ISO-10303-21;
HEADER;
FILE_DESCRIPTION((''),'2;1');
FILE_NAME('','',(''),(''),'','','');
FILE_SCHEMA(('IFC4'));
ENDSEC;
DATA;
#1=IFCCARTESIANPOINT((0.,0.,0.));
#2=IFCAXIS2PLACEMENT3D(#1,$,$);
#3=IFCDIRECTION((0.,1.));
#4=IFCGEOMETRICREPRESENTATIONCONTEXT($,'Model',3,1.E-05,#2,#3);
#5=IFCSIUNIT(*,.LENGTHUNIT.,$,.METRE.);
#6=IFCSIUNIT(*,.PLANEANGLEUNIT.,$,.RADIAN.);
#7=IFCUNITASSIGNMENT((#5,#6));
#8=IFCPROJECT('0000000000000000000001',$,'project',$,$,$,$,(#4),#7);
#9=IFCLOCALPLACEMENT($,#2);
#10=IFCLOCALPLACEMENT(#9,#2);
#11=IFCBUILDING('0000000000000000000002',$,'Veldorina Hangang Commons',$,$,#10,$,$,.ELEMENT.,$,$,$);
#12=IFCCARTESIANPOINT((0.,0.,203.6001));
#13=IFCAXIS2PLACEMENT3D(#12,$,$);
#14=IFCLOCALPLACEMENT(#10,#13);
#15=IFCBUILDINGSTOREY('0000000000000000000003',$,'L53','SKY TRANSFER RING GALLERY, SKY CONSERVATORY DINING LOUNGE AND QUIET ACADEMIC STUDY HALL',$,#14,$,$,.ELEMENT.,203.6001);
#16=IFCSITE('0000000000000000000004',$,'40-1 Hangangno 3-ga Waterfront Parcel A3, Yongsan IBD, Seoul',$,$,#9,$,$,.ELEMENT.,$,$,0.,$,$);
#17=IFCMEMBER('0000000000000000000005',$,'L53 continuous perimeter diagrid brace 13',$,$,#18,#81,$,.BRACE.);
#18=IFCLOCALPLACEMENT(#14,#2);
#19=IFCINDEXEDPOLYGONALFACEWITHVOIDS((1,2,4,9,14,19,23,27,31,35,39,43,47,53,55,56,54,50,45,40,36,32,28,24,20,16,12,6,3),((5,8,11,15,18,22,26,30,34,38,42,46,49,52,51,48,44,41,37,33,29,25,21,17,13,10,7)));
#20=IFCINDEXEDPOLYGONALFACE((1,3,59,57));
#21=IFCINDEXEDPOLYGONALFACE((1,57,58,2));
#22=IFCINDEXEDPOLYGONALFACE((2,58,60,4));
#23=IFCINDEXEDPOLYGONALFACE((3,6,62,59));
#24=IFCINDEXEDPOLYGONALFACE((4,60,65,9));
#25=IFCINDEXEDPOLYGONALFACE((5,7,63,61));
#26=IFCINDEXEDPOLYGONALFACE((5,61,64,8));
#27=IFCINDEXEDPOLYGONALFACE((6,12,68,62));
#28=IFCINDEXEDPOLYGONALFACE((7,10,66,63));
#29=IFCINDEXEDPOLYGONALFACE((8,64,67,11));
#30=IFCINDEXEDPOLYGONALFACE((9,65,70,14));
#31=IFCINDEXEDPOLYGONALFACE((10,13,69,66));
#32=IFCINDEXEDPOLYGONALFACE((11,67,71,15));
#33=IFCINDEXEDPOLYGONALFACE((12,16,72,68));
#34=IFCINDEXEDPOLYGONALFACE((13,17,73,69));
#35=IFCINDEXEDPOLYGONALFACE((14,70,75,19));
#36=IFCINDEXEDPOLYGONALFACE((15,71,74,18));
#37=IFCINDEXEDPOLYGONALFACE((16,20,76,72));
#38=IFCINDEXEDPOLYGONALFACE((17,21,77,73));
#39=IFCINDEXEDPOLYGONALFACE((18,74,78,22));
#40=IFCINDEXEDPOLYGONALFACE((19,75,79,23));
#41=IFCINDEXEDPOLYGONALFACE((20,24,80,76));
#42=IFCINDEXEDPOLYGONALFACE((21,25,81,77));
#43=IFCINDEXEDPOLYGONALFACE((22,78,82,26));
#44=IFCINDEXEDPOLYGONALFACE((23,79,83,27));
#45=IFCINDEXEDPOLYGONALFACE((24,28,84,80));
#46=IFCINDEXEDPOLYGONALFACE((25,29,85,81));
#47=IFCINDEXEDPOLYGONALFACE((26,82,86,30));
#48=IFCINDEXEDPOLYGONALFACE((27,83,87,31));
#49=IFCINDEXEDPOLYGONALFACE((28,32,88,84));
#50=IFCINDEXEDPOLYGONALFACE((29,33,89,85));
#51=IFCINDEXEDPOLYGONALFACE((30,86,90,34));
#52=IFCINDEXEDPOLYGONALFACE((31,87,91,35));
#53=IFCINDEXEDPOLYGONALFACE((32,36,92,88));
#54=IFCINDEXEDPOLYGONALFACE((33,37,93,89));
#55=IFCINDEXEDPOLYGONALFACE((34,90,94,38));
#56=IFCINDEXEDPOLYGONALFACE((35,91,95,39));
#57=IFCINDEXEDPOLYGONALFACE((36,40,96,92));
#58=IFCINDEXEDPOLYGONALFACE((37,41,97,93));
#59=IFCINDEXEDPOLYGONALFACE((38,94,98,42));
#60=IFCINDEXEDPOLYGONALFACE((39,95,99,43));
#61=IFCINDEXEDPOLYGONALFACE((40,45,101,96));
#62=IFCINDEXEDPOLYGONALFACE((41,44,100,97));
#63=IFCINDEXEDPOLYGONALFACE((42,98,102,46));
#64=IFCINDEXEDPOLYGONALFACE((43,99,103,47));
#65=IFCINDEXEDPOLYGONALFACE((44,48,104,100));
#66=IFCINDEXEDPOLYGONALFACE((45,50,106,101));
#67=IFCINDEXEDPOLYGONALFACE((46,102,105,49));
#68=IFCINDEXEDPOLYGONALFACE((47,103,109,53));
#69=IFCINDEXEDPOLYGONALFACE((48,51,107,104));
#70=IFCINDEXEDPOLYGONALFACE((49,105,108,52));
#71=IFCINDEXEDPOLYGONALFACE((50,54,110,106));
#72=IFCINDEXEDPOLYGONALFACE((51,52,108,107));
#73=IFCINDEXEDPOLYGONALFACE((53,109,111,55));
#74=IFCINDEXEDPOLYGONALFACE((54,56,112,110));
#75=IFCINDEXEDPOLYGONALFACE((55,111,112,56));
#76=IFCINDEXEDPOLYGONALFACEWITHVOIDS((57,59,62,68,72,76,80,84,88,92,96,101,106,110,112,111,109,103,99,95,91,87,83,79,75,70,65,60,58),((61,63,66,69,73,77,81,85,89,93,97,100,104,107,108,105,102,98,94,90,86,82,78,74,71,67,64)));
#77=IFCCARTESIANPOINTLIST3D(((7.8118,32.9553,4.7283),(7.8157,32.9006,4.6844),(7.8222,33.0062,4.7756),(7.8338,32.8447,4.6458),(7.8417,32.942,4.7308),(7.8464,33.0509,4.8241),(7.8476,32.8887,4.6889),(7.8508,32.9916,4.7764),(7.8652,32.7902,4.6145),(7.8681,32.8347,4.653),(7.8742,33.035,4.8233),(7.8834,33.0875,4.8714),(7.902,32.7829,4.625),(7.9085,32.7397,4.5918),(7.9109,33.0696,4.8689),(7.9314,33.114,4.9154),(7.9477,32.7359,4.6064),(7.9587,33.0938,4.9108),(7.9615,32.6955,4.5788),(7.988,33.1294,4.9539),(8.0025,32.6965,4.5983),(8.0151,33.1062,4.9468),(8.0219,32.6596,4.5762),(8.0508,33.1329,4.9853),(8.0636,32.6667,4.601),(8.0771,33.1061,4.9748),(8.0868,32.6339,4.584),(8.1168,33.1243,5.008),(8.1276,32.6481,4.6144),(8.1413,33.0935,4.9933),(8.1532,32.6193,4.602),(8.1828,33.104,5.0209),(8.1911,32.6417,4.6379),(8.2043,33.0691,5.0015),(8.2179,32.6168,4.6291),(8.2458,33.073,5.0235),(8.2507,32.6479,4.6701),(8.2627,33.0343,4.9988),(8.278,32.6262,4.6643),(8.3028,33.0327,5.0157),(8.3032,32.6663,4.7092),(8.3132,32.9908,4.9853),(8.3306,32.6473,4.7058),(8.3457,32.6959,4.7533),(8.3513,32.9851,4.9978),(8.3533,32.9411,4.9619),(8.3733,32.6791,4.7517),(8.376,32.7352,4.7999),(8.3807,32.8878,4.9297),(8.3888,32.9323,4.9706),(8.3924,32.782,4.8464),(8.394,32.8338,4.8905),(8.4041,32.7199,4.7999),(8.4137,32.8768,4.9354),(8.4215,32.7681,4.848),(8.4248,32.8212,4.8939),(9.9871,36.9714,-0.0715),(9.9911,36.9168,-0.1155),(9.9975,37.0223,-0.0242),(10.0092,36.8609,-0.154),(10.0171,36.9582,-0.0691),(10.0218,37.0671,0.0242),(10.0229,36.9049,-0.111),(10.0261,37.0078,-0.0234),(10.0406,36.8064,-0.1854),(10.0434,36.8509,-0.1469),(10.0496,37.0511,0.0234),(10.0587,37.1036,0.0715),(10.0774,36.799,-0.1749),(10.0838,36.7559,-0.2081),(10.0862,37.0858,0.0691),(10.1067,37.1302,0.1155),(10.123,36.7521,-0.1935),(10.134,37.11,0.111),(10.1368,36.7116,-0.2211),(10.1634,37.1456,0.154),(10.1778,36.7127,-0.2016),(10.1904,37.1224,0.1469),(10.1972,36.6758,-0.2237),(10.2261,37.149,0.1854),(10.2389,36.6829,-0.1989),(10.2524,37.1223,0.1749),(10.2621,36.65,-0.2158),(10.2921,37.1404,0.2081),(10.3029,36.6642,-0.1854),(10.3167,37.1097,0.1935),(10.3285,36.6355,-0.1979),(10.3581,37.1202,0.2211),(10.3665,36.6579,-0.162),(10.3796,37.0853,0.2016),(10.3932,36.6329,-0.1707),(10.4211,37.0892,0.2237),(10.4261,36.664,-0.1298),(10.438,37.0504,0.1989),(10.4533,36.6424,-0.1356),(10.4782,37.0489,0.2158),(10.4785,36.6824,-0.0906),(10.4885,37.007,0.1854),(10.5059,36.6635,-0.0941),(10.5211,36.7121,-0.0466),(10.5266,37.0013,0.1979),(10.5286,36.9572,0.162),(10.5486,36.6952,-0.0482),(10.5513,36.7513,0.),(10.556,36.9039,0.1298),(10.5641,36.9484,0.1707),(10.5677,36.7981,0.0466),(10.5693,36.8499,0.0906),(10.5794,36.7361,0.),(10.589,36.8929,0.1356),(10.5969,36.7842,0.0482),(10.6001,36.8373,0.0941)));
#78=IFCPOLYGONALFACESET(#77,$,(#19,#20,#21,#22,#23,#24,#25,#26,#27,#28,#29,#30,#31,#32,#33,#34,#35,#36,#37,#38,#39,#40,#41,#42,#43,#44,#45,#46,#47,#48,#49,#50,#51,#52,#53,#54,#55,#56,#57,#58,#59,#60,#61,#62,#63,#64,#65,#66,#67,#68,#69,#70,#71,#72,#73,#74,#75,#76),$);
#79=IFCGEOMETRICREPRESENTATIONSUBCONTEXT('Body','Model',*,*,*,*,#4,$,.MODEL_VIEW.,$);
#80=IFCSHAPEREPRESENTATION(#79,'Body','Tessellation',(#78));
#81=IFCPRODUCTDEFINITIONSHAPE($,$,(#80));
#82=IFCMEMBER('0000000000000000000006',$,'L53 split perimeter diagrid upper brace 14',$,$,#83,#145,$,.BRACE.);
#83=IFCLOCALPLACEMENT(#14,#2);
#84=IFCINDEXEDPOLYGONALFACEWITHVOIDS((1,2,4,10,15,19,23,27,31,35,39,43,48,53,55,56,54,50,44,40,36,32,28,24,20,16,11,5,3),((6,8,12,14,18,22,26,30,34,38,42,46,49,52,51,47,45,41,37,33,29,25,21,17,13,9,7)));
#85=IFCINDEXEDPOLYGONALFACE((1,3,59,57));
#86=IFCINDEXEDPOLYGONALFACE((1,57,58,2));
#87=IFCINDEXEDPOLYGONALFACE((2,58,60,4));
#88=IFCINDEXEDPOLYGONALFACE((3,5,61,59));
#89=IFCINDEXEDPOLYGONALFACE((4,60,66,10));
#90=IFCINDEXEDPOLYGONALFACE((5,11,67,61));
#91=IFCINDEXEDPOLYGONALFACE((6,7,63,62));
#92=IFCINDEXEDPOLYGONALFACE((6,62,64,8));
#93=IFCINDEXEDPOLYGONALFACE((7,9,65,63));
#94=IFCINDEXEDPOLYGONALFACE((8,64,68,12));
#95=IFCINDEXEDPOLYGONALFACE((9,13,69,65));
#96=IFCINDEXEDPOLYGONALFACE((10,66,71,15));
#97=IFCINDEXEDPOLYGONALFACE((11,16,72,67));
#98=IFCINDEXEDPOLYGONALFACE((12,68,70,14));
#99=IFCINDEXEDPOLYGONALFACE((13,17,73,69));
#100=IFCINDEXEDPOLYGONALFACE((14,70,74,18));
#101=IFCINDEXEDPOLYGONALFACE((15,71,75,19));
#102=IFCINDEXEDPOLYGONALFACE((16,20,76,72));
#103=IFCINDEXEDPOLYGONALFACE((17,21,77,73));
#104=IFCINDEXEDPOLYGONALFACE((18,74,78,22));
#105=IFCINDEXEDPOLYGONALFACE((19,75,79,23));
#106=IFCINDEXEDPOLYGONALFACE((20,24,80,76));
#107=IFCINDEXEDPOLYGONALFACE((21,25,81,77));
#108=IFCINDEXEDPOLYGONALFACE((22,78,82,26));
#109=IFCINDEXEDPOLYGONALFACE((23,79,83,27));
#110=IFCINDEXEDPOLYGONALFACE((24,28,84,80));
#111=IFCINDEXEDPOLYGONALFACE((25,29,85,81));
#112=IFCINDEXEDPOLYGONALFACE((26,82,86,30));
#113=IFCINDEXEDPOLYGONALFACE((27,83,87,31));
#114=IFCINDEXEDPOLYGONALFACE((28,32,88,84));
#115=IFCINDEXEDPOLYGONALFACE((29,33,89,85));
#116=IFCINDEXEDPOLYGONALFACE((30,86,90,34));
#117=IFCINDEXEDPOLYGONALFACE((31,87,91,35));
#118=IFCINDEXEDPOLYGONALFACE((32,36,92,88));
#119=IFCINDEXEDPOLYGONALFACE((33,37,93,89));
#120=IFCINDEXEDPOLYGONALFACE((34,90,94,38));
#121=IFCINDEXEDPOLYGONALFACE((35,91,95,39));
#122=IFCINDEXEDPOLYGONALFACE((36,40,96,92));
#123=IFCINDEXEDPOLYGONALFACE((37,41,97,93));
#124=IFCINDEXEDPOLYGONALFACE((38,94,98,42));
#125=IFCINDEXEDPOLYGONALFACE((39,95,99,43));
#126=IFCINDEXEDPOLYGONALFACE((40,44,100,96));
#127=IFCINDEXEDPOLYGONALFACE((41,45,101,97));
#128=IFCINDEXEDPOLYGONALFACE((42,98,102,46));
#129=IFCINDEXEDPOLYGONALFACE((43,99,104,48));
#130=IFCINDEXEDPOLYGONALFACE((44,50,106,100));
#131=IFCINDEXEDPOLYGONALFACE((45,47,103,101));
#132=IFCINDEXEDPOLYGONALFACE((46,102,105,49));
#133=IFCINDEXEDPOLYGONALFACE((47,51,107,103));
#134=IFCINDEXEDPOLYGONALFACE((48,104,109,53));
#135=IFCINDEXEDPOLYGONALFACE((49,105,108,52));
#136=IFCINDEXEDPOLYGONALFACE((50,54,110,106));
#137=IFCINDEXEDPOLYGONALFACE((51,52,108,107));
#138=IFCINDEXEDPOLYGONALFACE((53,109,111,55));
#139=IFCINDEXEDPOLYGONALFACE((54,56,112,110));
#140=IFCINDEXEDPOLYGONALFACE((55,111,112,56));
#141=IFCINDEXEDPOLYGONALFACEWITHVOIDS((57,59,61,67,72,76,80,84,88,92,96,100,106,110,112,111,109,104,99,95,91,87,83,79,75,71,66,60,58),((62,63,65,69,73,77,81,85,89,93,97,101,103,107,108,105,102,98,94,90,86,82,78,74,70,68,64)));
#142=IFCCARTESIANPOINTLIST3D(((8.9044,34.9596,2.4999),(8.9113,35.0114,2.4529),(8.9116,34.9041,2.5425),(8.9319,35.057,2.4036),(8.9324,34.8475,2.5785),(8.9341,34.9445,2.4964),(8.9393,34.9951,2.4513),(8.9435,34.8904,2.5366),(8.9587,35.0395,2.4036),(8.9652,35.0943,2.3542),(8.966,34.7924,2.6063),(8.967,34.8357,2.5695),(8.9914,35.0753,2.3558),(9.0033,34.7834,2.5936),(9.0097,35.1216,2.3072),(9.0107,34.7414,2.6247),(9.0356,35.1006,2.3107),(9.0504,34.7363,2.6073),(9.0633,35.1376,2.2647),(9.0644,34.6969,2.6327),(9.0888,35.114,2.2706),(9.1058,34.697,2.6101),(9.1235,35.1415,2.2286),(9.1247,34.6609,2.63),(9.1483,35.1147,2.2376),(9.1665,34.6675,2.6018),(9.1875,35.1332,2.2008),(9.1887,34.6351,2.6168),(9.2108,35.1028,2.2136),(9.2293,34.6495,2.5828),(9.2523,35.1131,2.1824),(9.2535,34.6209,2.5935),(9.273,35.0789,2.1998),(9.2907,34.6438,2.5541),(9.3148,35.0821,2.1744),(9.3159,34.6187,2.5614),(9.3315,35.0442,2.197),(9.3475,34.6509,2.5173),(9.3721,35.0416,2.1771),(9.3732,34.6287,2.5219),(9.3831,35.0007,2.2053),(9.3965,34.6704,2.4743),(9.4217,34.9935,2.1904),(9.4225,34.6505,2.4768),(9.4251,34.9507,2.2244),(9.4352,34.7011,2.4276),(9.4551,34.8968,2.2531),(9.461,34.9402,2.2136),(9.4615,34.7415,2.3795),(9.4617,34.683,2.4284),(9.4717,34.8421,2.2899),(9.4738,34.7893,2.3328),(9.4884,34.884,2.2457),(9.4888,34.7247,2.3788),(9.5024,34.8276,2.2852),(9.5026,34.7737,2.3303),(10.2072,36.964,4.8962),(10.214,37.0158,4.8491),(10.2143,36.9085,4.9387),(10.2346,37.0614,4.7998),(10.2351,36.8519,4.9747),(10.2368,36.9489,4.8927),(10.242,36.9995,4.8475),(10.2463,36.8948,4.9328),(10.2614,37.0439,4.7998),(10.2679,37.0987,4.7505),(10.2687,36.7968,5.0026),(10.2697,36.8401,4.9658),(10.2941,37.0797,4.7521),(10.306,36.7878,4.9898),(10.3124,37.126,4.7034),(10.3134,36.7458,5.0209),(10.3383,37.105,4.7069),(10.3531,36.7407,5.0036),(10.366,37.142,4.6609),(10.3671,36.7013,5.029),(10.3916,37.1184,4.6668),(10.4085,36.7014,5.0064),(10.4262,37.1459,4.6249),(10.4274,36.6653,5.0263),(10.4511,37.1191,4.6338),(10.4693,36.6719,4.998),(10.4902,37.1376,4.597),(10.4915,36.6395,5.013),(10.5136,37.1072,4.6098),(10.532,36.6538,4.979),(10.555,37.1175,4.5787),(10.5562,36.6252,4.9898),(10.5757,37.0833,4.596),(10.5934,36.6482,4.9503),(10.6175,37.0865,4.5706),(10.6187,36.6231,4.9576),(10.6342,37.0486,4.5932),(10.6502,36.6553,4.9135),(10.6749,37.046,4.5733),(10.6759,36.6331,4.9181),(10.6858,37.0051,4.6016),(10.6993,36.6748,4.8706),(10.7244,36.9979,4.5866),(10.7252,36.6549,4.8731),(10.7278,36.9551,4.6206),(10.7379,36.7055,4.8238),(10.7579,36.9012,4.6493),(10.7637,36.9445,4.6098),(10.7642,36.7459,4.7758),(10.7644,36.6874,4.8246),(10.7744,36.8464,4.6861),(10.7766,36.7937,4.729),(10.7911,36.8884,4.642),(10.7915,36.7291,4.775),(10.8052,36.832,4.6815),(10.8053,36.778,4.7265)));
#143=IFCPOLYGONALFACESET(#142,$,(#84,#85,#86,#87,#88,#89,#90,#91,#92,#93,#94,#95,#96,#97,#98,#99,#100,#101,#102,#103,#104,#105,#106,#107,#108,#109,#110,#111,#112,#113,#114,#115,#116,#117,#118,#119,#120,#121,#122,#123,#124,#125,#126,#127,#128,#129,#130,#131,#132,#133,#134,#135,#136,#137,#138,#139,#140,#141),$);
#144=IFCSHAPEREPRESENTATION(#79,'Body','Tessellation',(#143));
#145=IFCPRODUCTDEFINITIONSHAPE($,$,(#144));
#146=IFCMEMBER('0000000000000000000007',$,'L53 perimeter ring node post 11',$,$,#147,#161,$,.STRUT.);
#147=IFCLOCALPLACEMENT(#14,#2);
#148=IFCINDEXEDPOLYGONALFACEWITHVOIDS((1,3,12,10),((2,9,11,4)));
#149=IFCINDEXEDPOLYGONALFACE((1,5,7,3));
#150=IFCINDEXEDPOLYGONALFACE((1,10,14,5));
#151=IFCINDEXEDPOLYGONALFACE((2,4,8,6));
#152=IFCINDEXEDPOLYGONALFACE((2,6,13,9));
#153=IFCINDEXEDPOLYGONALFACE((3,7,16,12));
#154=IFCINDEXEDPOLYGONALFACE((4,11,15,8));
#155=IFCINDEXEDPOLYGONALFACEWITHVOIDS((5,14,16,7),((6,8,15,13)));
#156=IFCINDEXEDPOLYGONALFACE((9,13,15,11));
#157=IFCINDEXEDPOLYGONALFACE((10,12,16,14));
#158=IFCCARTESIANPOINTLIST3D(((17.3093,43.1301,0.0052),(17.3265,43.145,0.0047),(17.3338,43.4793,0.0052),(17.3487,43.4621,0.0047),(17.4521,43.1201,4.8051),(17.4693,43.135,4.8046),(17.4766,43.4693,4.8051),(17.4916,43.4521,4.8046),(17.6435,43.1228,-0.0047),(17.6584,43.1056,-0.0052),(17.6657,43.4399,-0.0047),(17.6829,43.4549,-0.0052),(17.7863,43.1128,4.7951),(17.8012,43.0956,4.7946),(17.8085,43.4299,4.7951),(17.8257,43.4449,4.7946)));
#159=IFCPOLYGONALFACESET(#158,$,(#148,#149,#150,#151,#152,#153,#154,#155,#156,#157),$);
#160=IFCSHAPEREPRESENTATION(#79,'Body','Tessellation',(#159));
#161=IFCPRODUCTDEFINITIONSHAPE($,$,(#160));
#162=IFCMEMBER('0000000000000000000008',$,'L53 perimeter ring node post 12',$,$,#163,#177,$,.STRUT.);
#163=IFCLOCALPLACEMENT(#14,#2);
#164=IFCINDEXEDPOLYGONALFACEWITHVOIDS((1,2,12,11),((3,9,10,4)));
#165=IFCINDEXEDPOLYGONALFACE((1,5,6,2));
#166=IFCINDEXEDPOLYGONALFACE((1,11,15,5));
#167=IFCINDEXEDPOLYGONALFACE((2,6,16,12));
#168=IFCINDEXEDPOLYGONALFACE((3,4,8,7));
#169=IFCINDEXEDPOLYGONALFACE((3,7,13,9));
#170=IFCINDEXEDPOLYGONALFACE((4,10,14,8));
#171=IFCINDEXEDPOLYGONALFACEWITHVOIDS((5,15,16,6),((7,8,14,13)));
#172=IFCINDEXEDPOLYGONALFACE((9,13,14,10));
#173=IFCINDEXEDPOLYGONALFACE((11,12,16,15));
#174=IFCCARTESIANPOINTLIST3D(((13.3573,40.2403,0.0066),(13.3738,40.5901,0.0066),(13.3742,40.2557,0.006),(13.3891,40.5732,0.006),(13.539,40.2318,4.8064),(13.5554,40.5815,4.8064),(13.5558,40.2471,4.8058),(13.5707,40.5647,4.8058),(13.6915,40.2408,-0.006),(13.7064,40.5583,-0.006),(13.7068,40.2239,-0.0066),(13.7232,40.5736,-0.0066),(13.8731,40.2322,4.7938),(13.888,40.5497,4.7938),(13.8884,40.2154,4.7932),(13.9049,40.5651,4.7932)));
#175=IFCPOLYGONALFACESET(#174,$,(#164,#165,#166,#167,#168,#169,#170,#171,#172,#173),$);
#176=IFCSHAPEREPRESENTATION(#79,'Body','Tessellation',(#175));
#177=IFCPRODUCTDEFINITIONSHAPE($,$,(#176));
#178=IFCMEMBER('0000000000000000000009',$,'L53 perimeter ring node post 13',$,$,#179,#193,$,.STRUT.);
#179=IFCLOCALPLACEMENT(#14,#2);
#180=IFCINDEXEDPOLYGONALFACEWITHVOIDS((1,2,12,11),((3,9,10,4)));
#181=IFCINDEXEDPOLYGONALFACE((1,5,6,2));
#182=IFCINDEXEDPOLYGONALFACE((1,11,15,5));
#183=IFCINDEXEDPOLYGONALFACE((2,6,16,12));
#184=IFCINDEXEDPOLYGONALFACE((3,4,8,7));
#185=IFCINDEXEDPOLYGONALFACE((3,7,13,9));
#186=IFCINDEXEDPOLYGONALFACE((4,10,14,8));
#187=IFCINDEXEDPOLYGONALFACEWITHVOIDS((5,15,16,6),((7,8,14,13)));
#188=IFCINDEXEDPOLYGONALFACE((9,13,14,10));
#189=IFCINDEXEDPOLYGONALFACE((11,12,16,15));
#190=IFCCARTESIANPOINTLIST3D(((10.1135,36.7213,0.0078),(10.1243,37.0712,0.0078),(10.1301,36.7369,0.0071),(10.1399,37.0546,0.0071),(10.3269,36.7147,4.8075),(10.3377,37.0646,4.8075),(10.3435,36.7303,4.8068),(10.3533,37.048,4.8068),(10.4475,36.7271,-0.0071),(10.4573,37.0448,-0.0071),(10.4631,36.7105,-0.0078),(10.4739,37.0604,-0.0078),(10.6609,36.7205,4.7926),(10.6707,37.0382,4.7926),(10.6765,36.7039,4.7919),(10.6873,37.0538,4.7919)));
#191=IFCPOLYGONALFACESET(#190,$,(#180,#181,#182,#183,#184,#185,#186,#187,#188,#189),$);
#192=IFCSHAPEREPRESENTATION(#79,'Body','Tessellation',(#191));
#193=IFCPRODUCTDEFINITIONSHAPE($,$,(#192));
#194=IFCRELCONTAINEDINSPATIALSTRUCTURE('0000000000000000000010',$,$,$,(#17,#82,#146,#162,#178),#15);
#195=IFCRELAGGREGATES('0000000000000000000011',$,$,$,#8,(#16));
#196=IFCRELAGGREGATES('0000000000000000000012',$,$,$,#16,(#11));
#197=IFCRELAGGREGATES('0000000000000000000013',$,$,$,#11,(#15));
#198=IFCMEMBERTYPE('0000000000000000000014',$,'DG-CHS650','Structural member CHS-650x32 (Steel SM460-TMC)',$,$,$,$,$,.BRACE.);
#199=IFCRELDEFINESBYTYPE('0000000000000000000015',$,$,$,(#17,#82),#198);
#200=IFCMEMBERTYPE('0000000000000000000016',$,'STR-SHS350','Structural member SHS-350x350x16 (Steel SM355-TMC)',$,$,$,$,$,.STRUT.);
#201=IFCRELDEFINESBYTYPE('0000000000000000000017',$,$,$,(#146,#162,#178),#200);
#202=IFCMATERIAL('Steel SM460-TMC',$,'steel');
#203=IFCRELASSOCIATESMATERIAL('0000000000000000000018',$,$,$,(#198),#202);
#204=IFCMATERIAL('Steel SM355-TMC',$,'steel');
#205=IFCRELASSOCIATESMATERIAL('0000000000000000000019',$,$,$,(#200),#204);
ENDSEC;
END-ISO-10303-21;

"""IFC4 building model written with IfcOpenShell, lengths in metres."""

from ifc_helpers import new_model, si_unit, direction, frame, origin, origin_2d, place, context, subcontext, project, spatial, hollow_rectangle, hollow_circle, extrude, material, material_profile, profile_set, type_object, element, save


model = new_model("IFC4")

# Units and contexts
model_context = context("Model", 3, precision=1e-05, world=origin(), true_north=direction((0.0, 1.0)))
body_context = subcontext(model_context, "Body", "Model", "MODEL_VIEW")
ifc_project = project(units=[si_unit("LENGTHUNIT", "METRE"), si_unit("PLANEANGLEUNIT", "RADIAN")], contexts=[model_context])

# Site, building, storey
site_placement = place(None, origin())
site = spatial("IfcSite", under=ifc_project, at=site_placement, Name="40-1 Hangangno 3-ga Waterfront Parcel A3, Yongsan IBD, Seoul", CompositionType="ELEMENT", RefElevation=0.0)
building_placement = place(site_placement, origin())
building = spatial("IfcBuilding", under=site, at=building_placement, Name="Veldorina Hangang Commons", CompositionType="ELEMENT")
storey_placement = place(building_placement, frame((0.0, 0.0, 203.6001)))
storey = spatial("IfcBuildingStorey", under=building, at=storey_placement, Name="L53", Description="SKY TRANSFER RING GALLERY, SKY CONSERVATORY DINING LOUNGE AND QUIET ACADEMIC STUDY HALL", CompositionType="ELEMENT", Elevation=203.6001)

# Shared definitions
ifc_material_1 = material(Name="Steel SM355-TMC", Category="steel")

# Members
ifc_material_2 = material(Name="Steel SM460-TMC", Category="steel")
ifc_material_profile_1 = material_profile(ifc_material_2, hollow_circle(Radius=0.325, WallThickness=0.032, at=origin_2d()), Name="CHS-650x32")
ifc_profile_set_1 = profile_set([ifc_material_profile_1], Name="Steel SM460-TMC")
member_type_1 = type_object("IfcMemberType", Name="DG-CHS650", Description="Structural member CHS-650x32 (Steel SM460-TMC)", PredefinedType="BRACE", material=ifc_profile_set_1)
member_1_placement = place(storey_placement, frame((10.2937, 36.8909, 0.0), z_axis=(-0.328314, -0.606147, 0.724428), x_axis=(0.879301, -0.476266, 0.0)))
element("IfcMember", 1, at=member_1_placement, inside=storey, type_object=member_type_1, Name="L53 continuous perimeter diagrid brace 13", PredefinedType="BRACE", context=body_context, shape_type="SweptSolid", body=[
    extrude(hollow_circle(Radius=0.325, WallThickness=0.032, at=origin_2d()), origin(), (0.0, 0.0, 1.0), 6.6257),
])
member_2_placement = place(storey_placement, frame((9.2043, 34.8799, 2.4036), z_axis=(0.384881, 0.59218, 0.707947), x_axis=(-0.838467, 0.544952, 0.0)))
element("IfcMember", 2, at=member_2_placement, inside=storey, type_object=member_type_1, Name="L53 split perimeter diagrid upper brace 14", PredefinedType="BRACE", context=body_context, shape_type="SweptSolid", body=[
    extrude(hollow_circle(Radius=0.325, WallThickness=0.032, at=origin_2d()), origin(), (0.0, 0.0, 1.0), 3.3848),
])
ifc_material_profile_2 = material_profile(ifc_material_1, hollow_rectangle(XDim=0.3501, YDim=0.3501, WallThickness=0.0161, at=origin_2d()), Name="SHS-350x350x16")
ifc_profile_set_2 = profile_set([ifc_material_profile_2], Name="Steel SM355-TMC")
member_type_2 = type_object("IfcMemberType", Name="STR-SHS350", Description="Structural member SHS-350x350x16 (Steel SM355-TMC)", PredefinedType="STRUT", material=ifc_profile_set_2)
member_3_placement = place(storey_placement, frame((17.4961, 43.2925, 0.0), z_axis=(0.029743, -0.002085, 0.999555), x_axis=(0.069914, 0.997553, 0.0)))
element("IfcMember", 3, at=member_3_placement, inside=storey, type_object=member_type_2, Name="L53 perimeter ring node post 11", PredefinedType="STRUT", context=body_context, shape_type="SweptSolid", body=[
    extrude(hollow_rectangle(XDim=0.3501, YDim=0.3501, WallThickness=0.0161, at=origin_2d()), origin(), (0.0, 0.0, 1.0), 4.802),
])
member_4_placement = place(storey_placement, frame((13.5403, 40.407, 0.0), z_axis=(0.037816, -0.001779, 0.999283), x_axis=(0.046991, 0.998895, 0.0)))
element("IfcMember", 4, at=member_4_placement, inside=storey, type_object=member_type_2, Name="L53 perimeter ring node post 12", PredefinedType="STRUT", context=body_context, shape_type="SweptSolid", body=[
    extrude(hollow_rectangle(XDim=0.3501, YDim=0.3501, WallThickness=0.0161, at=origin_2d()), origin(), (0.0, 0.0, 1.0), 4.8032),
])
member_5_placement = place(storey_placement, frame((10.2937, 36.8909, 0.0), z_axis=(0.044412, -0.001372, 0.999012), x_axis=(0.030878, 0.999523, 0.0)))
element("IfcMember", 5, at=member_5_placement, inside=storey, type_object=member_type_2, Name="L53 perimeter ring node post 13", PredefinedType="STRUT", context=body_context, shape_type="SweptSolid", body=[
    extrude(hollow_rectangle(XDim=0.3501, YDim=0.3501, WallThickness=0.0161, at=origin_2d()), origin(), (0.0, 0.0, 1.0), 4.8044),
])

save(model, "model.ifc")
